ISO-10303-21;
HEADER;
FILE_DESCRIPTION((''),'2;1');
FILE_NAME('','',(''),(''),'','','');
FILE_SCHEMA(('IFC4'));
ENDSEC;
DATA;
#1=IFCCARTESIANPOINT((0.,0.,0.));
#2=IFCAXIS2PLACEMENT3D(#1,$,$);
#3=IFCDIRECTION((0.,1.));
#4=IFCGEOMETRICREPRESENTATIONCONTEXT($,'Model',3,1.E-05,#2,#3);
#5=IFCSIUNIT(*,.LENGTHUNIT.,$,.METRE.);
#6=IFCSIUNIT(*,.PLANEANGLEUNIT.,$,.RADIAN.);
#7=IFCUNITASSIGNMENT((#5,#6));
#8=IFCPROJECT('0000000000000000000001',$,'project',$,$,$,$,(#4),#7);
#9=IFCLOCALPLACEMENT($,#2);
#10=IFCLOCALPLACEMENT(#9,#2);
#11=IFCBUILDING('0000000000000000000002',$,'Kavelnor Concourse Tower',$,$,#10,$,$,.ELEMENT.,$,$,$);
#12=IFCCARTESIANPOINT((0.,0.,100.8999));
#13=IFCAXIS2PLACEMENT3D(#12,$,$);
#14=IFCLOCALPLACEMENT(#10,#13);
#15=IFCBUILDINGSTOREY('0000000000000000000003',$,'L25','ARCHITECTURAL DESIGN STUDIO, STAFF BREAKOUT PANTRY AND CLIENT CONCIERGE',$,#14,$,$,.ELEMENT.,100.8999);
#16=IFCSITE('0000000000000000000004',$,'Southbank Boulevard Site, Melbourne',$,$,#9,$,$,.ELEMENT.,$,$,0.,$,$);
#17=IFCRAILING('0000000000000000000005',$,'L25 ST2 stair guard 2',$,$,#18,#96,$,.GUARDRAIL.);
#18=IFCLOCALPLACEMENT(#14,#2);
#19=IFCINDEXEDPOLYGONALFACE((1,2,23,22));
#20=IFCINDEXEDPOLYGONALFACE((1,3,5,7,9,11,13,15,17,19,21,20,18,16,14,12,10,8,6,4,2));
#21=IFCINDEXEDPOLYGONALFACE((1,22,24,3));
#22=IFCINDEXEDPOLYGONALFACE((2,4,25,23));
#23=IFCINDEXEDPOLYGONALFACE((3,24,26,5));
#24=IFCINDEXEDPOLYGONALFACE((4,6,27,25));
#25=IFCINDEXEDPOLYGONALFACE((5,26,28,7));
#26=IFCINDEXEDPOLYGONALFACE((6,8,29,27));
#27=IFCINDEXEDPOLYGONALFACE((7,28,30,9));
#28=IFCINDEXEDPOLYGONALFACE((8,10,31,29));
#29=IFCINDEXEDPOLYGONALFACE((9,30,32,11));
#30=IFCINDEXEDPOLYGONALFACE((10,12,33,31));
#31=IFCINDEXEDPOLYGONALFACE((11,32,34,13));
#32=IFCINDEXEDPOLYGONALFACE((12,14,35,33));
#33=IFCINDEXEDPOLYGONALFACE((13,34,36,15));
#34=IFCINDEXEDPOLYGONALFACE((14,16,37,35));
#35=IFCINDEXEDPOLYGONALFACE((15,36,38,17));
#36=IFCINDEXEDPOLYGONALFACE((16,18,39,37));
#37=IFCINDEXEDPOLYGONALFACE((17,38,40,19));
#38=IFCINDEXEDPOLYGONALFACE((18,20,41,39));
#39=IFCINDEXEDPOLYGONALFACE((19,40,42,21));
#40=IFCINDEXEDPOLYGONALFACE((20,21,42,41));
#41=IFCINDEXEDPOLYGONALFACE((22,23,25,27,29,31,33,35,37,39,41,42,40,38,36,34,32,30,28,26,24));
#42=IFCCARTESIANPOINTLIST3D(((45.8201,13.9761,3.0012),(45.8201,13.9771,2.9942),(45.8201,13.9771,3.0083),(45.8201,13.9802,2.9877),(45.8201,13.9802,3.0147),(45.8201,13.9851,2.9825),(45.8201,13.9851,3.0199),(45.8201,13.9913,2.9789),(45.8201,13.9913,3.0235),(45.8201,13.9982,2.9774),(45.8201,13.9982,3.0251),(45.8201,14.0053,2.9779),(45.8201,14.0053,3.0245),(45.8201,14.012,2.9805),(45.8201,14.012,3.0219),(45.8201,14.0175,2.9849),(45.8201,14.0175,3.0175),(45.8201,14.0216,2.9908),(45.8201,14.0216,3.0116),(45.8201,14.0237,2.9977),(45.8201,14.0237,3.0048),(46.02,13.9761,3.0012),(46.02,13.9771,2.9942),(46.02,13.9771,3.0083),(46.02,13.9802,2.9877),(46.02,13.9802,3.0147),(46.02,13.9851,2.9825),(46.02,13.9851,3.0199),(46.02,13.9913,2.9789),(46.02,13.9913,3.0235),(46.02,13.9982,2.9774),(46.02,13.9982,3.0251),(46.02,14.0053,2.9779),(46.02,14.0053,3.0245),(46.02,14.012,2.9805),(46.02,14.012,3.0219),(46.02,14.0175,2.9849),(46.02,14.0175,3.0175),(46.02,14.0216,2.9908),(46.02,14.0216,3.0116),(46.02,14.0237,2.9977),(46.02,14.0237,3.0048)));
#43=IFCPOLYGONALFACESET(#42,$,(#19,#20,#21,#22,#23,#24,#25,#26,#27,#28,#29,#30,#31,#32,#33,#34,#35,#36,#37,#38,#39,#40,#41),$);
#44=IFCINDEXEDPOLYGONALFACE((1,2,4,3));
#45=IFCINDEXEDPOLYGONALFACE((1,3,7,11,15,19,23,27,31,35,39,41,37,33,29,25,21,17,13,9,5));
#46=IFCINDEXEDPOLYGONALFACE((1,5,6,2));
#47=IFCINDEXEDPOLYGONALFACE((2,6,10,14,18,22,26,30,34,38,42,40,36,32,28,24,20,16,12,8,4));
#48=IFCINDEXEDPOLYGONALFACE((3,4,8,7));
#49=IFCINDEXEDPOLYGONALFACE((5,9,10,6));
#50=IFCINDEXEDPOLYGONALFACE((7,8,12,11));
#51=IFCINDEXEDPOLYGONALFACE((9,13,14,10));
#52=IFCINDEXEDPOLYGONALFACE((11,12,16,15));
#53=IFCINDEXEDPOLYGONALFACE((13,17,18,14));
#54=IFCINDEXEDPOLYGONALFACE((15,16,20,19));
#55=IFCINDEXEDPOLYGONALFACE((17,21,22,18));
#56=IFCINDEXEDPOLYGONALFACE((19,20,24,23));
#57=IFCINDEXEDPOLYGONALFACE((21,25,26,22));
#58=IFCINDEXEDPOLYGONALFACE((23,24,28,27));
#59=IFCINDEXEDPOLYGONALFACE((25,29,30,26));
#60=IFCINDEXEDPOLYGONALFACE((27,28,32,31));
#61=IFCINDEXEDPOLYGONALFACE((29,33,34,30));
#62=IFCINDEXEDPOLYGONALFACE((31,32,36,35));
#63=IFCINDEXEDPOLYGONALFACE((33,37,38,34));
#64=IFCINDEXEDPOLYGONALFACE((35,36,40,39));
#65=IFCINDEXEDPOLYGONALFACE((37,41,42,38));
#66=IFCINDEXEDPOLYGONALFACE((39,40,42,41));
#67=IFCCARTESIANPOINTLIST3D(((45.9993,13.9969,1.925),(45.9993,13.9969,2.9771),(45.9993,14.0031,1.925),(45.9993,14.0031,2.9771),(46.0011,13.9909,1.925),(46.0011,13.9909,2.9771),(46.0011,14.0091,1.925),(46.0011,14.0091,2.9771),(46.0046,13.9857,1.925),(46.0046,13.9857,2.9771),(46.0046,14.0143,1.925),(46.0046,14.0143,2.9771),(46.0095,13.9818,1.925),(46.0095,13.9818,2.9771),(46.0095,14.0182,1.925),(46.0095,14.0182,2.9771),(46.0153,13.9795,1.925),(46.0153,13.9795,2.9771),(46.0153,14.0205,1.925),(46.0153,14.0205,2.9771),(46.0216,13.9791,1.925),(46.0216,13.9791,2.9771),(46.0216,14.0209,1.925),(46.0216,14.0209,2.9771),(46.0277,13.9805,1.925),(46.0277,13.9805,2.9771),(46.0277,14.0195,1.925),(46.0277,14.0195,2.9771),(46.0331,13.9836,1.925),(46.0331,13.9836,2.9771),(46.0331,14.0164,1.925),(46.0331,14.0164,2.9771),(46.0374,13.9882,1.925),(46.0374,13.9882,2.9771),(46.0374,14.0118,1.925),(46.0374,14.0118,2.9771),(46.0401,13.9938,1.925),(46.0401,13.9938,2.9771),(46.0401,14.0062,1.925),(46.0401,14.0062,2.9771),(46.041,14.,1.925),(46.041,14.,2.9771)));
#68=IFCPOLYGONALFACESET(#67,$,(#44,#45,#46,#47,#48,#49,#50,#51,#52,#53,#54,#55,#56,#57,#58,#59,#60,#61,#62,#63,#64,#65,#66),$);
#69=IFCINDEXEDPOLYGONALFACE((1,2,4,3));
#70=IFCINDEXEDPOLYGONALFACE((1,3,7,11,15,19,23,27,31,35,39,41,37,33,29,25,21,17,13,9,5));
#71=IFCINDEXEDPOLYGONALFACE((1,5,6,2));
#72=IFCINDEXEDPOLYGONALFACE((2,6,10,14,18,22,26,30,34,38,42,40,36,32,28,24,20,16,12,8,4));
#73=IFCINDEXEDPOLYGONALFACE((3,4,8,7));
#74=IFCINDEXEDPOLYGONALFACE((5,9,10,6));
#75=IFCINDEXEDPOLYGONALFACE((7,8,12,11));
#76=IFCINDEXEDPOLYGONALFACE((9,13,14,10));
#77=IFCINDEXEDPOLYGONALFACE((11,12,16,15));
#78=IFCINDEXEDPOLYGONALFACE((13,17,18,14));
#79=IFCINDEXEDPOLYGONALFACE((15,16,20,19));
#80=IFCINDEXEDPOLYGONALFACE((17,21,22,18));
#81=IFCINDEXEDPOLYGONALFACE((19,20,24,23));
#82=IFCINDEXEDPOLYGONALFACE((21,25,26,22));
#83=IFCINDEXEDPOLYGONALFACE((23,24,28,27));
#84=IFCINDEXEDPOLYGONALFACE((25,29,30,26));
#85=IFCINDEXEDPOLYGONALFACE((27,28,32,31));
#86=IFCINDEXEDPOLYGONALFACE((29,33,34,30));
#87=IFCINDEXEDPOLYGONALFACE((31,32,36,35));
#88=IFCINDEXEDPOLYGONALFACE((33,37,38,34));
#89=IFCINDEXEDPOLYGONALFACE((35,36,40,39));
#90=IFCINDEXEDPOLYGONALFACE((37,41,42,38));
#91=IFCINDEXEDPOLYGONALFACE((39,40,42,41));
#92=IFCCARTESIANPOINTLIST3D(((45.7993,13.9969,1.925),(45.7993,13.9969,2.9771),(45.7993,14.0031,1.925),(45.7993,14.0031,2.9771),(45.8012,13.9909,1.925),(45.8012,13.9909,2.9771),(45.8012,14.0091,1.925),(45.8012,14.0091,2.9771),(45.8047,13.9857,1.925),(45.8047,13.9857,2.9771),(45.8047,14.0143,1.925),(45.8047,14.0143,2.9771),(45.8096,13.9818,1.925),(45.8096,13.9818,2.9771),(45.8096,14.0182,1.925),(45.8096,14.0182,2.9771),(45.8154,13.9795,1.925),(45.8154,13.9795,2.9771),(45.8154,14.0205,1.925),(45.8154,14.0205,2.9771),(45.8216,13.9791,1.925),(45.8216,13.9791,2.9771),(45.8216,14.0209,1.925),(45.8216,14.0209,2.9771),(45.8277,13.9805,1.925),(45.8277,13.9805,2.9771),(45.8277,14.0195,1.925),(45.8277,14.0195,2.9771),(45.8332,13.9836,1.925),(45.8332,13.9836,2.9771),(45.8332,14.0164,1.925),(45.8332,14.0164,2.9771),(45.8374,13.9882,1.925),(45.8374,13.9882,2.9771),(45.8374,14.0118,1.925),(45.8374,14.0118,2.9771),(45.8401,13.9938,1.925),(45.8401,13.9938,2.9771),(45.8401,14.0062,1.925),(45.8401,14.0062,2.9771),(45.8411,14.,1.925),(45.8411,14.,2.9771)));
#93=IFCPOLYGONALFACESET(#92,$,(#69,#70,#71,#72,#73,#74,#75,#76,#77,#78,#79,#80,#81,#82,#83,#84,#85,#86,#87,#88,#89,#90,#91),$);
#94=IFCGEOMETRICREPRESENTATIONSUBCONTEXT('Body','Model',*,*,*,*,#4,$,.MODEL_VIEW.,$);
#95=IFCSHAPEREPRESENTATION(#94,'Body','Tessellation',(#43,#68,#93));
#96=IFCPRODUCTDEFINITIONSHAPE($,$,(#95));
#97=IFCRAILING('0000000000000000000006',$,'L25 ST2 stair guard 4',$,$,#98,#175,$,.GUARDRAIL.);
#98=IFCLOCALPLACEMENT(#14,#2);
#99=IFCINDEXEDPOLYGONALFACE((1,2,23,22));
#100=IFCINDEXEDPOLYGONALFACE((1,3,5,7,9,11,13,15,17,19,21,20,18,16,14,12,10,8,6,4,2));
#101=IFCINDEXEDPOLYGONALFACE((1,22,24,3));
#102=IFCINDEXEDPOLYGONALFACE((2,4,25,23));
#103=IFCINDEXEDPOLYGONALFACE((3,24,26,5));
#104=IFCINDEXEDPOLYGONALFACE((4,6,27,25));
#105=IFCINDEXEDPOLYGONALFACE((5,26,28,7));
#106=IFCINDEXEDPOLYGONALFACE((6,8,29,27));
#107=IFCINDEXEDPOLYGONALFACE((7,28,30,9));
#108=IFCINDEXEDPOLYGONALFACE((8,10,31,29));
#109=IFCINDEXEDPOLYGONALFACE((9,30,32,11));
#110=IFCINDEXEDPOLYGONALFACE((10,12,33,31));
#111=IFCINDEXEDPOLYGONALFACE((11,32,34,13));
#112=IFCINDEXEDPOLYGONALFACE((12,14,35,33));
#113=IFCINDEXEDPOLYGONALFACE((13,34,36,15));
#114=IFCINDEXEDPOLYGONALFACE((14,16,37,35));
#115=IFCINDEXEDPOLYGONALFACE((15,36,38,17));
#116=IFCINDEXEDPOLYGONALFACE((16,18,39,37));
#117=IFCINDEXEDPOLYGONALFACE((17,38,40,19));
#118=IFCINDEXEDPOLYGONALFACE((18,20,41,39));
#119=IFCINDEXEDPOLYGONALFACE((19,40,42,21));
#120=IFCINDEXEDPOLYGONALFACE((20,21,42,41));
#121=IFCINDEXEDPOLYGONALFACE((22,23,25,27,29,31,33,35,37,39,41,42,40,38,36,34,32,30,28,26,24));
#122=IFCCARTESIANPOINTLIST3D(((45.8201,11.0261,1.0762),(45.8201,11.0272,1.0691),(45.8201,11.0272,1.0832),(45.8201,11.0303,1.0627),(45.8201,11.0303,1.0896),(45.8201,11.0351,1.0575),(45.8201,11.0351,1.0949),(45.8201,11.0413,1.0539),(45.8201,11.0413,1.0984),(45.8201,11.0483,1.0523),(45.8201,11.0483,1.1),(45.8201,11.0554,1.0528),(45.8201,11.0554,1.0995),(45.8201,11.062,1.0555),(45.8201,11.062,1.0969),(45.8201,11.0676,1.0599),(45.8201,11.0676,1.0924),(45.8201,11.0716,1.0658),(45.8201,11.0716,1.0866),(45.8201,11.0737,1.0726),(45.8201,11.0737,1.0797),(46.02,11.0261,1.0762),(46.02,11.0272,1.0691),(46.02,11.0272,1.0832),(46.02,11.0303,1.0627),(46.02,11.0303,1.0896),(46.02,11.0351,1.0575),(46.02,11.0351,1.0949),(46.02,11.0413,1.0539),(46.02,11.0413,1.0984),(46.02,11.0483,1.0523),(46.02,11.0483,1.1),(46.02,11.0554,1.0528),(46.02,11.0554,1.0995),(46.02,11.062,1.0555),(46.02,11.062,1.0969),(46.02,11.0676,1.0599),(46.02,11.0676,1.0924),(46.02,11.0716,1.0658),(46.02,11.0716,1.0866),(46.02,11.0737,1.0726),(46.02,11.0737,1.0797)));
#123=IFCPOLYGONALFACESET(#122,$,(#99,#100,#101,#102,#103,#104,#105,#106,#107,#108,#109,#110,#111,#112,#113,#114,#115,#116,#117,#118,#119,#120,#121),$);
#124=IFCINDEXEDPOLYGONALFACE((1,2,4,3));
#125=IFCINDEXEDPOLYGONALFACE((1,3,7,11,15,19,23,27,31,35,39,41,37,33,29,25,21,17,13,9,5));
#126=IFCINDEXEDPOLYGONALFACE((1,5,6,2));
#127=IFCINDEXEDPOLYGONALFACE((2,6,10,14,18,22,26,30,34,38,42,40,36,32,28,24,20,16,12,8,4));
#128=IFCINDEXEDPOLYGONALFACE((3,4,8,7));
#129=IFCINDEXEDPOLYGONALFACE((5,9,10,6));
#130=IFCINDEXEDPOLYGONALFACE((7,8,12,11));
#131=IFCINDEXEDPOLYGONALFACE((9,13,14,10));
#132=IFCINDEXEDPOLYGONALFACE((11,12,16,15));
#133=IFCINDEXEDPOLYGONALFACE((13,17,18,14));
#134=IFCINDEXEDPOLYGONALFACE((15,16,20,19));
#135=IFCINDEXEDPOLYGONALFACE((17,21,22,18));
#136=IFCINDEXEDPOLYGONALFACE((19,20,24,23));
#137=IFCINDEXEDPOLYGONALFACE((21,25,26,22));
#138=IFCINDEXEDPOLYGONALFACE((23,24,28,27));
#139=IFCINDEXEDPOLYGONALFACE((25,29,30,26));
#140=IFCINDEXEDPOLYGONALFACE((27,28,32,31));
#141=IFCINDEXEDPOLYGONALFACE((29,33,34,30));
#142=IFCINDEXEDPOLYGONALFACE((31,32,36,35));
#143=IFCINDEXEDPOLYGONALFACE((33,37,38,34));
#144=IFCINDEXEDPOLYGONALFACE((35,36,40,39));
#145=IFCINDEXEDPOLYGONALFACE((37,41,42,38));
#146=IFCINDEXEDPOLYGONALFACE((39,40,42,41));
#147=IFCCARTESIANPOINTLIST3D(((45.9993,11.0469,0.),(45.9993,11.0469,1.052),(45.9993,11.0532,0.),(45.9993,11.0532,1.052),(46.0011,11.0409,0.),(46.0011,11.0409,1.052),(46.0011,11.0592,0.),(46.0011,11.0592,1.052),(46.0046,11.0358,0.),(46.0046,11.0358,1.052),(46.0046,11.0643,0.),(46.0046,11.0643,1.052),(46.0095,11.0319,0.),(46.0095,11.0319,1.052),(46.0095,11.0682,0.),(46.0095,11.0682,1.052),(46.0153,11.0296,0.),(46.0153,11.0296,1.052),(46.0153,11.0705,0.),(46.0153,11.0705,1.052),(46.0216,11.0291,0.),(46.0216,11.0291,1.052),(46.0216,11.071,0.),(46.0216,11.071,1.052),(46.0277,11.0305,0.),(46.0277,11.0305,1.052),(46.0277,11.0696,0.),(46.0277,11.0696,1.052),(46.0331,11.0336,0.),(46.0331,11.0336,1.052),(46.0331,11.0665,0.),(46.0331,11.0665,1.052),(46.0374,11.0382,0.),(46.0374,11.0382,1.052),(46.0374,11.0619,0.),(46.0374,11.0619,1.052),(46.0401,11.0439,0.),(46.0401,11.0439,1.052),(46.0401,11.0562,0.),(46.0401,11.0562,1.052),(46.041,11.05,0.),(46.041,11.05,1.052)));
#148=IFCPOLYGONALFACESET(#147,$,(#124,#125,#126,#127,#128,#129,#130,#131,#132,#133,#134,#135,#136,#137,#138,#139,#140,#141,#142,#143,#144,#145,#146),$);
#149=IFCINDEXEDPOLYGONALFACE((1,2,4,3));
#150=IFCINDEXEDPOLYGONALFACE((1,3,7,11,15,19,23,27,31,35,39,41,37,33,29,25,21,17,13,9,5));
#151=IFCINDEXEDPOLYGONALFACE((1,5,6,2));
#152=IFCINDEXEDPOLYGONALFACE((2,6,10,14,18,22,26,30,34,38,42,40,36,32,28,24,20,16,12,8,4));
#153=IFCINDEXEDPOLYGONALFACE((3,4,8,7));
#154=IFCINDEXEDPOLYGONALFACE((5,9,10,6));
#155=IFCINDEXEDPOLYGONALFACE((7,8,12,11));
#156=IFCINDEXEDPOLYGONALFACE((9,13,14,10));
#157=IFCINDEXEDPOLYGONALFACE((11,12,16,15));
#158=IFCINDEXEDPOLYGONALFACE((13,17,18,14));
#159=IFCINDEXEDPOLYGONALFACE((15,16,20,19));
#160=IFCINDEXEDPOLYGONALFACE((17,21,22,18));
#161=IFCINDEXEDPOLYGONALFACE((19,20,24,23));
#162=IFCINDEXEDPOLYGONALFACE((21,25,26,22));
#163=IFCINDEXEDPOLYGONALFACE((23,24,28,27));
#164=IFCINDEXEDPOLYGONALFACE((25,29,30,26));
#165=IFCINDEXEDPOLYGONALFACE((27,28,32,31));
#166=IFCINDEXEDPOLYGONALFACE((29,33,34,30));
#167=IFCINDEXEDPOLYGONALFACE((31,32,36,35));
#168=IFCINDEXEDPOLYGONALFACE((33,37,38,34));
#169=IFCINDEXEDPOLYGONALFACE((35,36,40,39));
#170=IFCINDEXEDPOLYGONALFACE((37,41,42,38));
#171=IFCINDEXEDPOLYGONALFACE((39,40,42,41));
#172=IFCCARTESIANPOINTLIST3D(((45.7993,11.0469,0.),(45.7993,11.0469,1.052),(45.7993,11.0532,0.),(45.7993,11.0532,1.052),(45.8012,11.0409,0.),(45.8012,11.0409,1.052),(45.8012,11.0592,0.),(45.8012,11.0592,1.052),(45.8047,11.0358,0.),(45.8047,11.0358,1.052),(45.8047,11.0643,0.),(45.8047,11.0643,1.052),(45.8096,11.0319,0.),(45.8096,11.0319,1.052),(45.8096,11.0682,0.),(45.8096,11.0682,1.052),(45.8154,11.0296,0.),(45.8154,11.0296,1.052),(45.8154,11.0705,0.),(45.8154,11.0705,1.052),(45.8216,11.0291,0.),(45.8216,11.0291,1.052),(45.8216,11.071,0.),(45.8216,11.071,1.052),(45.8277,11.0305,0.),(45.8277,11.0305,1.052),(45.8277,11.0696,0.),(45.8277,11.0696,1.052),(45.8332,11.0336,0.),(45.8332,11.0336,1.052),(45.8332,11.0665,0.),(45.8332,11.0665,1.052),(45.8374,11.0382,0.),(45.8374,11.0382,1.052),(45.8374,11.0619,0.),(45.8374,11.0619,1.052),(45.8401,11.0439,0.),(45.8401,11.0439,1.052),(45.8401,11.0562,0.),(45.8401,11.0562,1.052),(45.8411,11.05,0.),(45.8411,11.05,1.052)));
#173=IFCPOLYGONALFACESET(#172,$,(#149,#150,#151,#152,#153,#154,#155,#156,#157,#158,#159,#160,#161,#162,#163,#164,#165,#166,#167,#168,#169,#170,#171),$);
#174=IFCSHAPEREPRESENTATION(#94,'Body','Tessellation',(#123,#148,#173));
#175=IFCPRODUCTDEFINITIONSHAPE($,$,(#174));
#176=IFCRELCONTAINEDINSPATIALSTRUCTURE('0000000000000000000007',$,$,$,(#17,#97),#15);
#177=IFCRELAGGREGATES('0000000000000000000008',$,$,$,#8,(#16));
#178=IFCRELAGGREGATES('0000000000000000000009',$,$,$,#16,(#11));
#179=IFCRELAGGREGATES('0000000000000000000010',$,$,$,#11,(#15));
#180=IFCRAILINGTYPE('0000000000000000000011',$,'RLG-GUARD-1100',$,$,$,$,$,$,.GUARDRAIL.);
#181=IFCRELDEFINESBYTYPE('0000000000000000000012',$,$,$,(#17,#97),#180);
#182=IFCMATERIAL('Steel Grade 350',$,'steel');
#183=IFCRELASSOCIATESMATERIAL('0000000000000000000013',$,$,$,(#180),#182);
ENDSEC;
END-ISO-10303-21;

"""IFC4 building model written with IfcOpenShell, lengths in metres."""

from ifc_helpers import new_model, si_unit, direction, frame, origin, origin_2d, place, context, subcontext, project, spatial, circle, extrude, material, type_object, element, save


model = new_model("IFC4")

# Units and contexts
model_context = context("Model", 3, precision=1e-05, world=origin(), true_north=direction((0.0, 1.0)))
body_context = subcontext(model_context, "Body", "Model", "MODEL_VIEW")
ifc_project = project(units=[si_unit("LENGTHUNIT", "METRE"), si_unit("PLANEANGLEUNIT", "RADIAN")], contexts=[model_context])

# Site, building, storey
site_placement = place(None, origin())
site = spatial("IfcSite", under=ifc_project, at=site_placement, Name="Southbank Boulevard Site, Melbourne", CompositionType="ELEMENT", RefElevation=0.0)
building_placement = place(site_placement, origin())
building = spatial("IfcBuilding", under=site, at=building_placement, Name="Kavelnor Concourse Tower", CompositionType="ELEMENT")
storey_placement = place(building_placement, frame((0.0, 0.0, 100.8999)))
storey = spatial("IfcBuildingStorey", under=building, at=storey_placement, Name="L25", Description="ARCHITECTURAL DESIGN STUDIO, STAFF BREAKOUT PANTRY AND CLIENT CONCIERGE", CompositionType="ELEMENT", Elevation=100.8999)

# Shared definitions
ifc_material_1 = material(Name="Steel Grade 350", Category="steel")

# Railings
railing_type_1 = type_object("IfcRailingType", Name="RLG-GUARD-1100", PredefinedType="GUARDRAIL", material=ifc_material_1)
for number, where, name in (
    (1, (46.02, 14.0, 1.925), "L25 ST2 stair guard 2"),
    (2, (46.02, 11.05, 0.0), "L25 ST2 stair guard 4"),
):
    element("IfcRailing", number, at=place(storey_placement, frame(where)), inside=storey, type_object=railing_type_1, Name=name, PredefinedType="GUARDRAIL", context=body_context, shape_type="SweptSolid", body=[
        extrude(circle(Radius=0.0239, at=origin_2d()), frame((0.0, 0.0, 1.0762), z_axis=(-1.0, 0.0, 0.0), x_axis=(0.0, -1.0, 0.0)), (0.0, 0.0, 1.0), 0.2),
        extrude(circle(Radius=0.021, at=origin_2d()), origin(), (0.0, 0.0, 1.0), 1.052),
        extrude(circle(Radius=0.021, at=origin_2d()), frame((-0.2, 0.0, 0.0)), (0.0, 0.0, 1.0), 1.052),
    ])

save(model, "model.ifc")
